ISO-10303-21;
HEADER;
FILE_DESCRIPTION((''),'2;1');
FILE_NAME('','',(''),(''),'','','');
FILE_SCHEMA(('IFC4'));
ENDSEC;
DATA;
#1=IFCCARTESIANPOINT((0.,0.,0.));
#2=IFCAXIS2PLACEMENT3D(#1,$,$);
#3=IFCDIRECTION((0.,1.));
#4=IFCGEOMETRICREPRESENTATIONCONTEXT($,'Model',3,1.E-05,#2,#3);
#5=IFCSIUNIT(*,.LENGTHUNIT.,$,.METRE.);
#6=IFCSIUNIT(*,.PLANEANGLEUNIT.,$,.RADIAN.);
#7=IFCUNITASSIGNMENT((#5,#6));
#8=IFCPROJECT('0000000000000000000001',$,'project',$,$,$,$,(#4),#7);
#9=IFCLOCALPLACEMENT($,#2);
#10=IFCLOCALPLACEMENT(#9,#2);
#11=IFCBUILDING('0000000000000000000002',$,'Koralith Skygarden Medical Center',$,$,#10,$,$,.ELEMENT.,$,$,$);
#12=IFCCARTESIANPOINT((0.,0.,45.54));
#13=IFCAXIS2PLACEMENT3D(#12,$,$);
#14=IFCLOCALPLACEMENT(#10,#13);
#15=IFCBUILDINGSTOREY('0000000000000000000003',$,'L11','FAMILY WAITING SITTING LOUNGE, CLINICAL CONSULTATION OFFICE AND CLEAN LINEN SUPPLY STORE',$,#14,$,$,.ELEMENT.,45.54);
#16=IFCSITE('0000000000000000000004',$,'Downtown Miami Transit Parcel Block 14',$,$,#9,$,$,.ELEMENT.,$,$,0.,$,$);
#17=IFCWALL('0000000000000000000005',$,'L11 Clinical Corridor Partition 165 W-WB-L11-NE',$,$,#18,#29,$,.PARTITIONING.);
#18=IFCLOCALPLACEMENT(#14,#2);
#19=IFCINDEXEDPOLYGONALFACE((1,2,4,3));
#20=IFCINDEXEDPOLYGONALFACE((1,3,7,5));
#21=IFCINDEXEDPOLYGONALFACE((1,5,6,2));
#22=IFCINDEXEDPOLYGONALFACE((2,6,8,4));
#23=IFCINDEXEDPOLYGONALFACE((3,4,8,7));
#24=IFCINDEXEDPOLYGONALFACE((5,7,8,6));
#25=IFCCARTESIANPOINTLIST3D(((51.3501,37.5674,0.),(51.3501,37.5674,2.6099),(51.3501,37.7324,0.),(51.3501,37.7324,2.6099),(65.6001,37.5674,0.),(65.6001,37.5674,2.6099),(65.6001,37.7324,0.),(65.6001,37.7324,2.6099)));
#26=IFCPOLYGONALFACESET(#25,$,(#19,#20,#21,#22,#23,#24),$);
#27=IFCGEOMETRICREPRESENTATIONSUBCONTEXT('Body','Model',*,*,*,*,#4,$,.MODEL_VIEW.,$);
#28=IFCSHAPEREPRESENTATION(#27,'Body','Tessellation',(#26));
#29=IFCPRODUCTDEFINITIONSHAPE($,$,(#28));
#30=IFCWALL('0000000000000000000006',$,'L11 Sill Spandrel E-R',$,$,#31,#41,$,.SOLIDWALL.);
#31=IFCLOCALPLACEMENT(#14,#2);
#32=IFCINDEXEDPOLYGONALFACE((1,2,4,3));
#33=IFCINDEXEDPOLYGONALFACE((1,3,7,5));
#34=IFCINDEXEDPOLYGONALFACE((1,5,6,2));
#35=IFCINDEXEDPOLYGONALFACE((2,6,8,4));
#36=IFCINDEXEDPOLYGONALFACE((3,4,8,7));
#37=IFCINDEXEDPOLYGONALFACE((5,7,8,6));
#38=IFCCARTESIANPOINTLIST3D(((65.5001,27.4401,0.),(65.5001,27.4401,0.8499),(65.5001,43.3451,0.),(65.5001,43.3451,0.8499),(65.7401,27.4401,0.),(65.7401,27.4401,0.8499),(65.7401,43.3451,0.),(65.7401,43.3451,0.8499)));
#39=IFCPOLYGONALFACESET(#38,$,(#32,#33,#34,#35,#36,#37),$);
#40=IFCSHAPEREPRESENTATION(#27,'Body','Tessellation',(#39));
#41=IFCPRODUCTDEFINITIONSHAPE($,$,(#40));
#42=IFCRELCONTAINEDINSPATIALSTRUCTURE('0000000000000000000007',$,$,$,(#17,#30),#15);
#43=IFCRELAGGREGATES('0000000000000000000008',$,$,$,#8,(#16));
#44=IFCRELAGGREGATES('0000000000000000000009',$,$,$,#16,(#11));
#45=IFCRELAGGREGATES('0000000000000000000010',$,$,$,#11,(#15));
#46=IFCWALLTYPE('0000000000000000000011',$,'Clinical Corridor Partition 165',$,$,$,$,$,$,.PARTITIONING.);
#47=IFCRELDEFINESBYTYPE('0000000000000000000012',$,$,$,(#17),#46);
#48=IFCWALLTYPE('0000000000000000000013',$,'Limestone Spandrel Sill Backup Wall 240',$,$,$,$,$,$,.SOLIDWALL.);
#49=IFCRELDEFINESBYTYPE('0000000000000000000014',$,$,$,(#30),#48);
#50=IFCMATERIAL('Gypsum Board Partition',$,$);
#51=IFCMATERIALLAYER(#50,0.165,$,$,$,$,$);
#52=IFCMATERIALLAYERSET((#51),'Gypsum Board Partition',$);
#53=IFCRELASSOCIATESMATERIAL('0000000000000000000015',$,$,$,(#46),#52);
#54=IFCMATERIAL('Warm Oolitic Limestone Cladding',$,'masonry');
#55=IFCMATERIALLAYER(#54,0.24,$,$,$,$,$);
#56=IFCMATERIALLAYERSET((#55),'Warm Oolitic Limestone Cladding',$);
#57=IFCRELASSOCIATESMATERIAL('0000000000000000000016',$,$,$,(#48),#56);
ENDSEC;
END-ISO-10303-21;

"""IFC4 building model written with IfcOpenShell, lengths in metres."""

from ifc_helpers import new_model, si_unit, direction, frame, frame_2d, origin, place, context, subcontext, project, spatial, rectangle, extrude, material, layer, layer_set, type_object, element, save


model = new_model("IFC4")

# Units and contexts
model_context = context("Model", 3, precision=1e-05, world=origin(), true_north=direction((0.0, 1.0)))
body_context = subcontext(model_context, "Body", "Model", "MODEL_VIEW")
ifc_project = project(units=[si_unit("LENGTHUNIT", "METRE"), si_unit("PLANEANGLEUNIT", "RADIAN")], contexts=[model_context])

# Site, building, storey
site_placement = place(None, origin())
site = spatial("IfcSite", under=ifc_project, at=site_placement, Name="Downtown Miami Transit Parcel Block 14", CompositionType="ELEMENT", RefElevation=0.0)
building_placement = place(site_placement, origin())
building = spatial("IfcBuilding", under=site, at=building_placement, Name="Koralith Skygarden Medical Center", CompositionType="ELEMENT")
storey_placement = place(building_placement, frame((0.0, 0.0, 45.54)))
storey = spatial("IfcBuildingStorey", under=building, at=storey_placement, Name="L11", Description="FAMILY WAITING SITTING LOUNGE, CLINICAL CONSULTATION OFFICE AND CLEAN LINEN SUPPLY STORE", CompositionType="ELEMENT", Elevation=45.54)

# Shared definitions
ifc_material_1 = material(Name="Warm Oolitic Limestone Cladding", Category="masonry")

# Wall
ifc_material_2 = material(Name="Gypsum Board Partition")
ifc_layer_1 = layer(ifc_material_2, 0.165)
ifc_layer_set_1 = layer_set([ifc_layer_1], Name="Gypsum Board Partition")
wall_type_1 = type_object("IfcWallType", Name="Clinical Corridor Partition 165", PredefinedType="PARTITIONING", material=ifc_layer_set_1)
wall_1_placement = place(storey_placement, frame((51.3501, 37.6499, 0.0), z_axis=(0.0, 0.0, 1.0), x_axis=(1.0, 0.0, 0.0)))
element("IfcWall", 1, at=wall_1_placement, inside=storey, type_object=wall_type_1, Name="L11 Clinical Corridor Partition 165 W-WB-L11-NE", PredefinedType="PARTITIONING", context=body_context, shape_type="SweptSolid", body=[
    extrude(rectangle(XDim=14.25, YDim=0.165, at=frame_2d((7.125, 0.0))), origin(), (0.0, 0.0, 1.0), 2.6099),
])

# Wall
ifc_layer_2 = layer(ifc_material_1, 0.24)
ifc_layer_set_2 = layer_set([ifc_layer_2], Name="Warm Oolitic Limestone Cladding")
wall_type_2 = type_object("IfcWallType", Name="Limestone Spandrel Sill Backup Wall 240", PredefinedType="SOLIDWALL", material=ifc_layer_set_2)
wall_2_placement = place(storey_placement, frame((65.6201, 27.4399, 0.0), z_axis=(0.0, 0.0, 1.0), x_axis=(0.0, 1.0, 0.0)))
element("IfcWall", 2, at=wall_2_placement, inside=storey, type_object=wall_type_2, Name="L11 Sill Spandrel E-R", PredefinedType="SOLIDWALL", context=body_context, shape_type="SweptSolid", body=[
    extrude(rectangle(XDim=15.905, YDim=0.24, at=frame_2d((7.9526, 0.0))), origin(), (0.0, 0.0, 1.0), 0.8499),
])

save(model, "model.ifc")
